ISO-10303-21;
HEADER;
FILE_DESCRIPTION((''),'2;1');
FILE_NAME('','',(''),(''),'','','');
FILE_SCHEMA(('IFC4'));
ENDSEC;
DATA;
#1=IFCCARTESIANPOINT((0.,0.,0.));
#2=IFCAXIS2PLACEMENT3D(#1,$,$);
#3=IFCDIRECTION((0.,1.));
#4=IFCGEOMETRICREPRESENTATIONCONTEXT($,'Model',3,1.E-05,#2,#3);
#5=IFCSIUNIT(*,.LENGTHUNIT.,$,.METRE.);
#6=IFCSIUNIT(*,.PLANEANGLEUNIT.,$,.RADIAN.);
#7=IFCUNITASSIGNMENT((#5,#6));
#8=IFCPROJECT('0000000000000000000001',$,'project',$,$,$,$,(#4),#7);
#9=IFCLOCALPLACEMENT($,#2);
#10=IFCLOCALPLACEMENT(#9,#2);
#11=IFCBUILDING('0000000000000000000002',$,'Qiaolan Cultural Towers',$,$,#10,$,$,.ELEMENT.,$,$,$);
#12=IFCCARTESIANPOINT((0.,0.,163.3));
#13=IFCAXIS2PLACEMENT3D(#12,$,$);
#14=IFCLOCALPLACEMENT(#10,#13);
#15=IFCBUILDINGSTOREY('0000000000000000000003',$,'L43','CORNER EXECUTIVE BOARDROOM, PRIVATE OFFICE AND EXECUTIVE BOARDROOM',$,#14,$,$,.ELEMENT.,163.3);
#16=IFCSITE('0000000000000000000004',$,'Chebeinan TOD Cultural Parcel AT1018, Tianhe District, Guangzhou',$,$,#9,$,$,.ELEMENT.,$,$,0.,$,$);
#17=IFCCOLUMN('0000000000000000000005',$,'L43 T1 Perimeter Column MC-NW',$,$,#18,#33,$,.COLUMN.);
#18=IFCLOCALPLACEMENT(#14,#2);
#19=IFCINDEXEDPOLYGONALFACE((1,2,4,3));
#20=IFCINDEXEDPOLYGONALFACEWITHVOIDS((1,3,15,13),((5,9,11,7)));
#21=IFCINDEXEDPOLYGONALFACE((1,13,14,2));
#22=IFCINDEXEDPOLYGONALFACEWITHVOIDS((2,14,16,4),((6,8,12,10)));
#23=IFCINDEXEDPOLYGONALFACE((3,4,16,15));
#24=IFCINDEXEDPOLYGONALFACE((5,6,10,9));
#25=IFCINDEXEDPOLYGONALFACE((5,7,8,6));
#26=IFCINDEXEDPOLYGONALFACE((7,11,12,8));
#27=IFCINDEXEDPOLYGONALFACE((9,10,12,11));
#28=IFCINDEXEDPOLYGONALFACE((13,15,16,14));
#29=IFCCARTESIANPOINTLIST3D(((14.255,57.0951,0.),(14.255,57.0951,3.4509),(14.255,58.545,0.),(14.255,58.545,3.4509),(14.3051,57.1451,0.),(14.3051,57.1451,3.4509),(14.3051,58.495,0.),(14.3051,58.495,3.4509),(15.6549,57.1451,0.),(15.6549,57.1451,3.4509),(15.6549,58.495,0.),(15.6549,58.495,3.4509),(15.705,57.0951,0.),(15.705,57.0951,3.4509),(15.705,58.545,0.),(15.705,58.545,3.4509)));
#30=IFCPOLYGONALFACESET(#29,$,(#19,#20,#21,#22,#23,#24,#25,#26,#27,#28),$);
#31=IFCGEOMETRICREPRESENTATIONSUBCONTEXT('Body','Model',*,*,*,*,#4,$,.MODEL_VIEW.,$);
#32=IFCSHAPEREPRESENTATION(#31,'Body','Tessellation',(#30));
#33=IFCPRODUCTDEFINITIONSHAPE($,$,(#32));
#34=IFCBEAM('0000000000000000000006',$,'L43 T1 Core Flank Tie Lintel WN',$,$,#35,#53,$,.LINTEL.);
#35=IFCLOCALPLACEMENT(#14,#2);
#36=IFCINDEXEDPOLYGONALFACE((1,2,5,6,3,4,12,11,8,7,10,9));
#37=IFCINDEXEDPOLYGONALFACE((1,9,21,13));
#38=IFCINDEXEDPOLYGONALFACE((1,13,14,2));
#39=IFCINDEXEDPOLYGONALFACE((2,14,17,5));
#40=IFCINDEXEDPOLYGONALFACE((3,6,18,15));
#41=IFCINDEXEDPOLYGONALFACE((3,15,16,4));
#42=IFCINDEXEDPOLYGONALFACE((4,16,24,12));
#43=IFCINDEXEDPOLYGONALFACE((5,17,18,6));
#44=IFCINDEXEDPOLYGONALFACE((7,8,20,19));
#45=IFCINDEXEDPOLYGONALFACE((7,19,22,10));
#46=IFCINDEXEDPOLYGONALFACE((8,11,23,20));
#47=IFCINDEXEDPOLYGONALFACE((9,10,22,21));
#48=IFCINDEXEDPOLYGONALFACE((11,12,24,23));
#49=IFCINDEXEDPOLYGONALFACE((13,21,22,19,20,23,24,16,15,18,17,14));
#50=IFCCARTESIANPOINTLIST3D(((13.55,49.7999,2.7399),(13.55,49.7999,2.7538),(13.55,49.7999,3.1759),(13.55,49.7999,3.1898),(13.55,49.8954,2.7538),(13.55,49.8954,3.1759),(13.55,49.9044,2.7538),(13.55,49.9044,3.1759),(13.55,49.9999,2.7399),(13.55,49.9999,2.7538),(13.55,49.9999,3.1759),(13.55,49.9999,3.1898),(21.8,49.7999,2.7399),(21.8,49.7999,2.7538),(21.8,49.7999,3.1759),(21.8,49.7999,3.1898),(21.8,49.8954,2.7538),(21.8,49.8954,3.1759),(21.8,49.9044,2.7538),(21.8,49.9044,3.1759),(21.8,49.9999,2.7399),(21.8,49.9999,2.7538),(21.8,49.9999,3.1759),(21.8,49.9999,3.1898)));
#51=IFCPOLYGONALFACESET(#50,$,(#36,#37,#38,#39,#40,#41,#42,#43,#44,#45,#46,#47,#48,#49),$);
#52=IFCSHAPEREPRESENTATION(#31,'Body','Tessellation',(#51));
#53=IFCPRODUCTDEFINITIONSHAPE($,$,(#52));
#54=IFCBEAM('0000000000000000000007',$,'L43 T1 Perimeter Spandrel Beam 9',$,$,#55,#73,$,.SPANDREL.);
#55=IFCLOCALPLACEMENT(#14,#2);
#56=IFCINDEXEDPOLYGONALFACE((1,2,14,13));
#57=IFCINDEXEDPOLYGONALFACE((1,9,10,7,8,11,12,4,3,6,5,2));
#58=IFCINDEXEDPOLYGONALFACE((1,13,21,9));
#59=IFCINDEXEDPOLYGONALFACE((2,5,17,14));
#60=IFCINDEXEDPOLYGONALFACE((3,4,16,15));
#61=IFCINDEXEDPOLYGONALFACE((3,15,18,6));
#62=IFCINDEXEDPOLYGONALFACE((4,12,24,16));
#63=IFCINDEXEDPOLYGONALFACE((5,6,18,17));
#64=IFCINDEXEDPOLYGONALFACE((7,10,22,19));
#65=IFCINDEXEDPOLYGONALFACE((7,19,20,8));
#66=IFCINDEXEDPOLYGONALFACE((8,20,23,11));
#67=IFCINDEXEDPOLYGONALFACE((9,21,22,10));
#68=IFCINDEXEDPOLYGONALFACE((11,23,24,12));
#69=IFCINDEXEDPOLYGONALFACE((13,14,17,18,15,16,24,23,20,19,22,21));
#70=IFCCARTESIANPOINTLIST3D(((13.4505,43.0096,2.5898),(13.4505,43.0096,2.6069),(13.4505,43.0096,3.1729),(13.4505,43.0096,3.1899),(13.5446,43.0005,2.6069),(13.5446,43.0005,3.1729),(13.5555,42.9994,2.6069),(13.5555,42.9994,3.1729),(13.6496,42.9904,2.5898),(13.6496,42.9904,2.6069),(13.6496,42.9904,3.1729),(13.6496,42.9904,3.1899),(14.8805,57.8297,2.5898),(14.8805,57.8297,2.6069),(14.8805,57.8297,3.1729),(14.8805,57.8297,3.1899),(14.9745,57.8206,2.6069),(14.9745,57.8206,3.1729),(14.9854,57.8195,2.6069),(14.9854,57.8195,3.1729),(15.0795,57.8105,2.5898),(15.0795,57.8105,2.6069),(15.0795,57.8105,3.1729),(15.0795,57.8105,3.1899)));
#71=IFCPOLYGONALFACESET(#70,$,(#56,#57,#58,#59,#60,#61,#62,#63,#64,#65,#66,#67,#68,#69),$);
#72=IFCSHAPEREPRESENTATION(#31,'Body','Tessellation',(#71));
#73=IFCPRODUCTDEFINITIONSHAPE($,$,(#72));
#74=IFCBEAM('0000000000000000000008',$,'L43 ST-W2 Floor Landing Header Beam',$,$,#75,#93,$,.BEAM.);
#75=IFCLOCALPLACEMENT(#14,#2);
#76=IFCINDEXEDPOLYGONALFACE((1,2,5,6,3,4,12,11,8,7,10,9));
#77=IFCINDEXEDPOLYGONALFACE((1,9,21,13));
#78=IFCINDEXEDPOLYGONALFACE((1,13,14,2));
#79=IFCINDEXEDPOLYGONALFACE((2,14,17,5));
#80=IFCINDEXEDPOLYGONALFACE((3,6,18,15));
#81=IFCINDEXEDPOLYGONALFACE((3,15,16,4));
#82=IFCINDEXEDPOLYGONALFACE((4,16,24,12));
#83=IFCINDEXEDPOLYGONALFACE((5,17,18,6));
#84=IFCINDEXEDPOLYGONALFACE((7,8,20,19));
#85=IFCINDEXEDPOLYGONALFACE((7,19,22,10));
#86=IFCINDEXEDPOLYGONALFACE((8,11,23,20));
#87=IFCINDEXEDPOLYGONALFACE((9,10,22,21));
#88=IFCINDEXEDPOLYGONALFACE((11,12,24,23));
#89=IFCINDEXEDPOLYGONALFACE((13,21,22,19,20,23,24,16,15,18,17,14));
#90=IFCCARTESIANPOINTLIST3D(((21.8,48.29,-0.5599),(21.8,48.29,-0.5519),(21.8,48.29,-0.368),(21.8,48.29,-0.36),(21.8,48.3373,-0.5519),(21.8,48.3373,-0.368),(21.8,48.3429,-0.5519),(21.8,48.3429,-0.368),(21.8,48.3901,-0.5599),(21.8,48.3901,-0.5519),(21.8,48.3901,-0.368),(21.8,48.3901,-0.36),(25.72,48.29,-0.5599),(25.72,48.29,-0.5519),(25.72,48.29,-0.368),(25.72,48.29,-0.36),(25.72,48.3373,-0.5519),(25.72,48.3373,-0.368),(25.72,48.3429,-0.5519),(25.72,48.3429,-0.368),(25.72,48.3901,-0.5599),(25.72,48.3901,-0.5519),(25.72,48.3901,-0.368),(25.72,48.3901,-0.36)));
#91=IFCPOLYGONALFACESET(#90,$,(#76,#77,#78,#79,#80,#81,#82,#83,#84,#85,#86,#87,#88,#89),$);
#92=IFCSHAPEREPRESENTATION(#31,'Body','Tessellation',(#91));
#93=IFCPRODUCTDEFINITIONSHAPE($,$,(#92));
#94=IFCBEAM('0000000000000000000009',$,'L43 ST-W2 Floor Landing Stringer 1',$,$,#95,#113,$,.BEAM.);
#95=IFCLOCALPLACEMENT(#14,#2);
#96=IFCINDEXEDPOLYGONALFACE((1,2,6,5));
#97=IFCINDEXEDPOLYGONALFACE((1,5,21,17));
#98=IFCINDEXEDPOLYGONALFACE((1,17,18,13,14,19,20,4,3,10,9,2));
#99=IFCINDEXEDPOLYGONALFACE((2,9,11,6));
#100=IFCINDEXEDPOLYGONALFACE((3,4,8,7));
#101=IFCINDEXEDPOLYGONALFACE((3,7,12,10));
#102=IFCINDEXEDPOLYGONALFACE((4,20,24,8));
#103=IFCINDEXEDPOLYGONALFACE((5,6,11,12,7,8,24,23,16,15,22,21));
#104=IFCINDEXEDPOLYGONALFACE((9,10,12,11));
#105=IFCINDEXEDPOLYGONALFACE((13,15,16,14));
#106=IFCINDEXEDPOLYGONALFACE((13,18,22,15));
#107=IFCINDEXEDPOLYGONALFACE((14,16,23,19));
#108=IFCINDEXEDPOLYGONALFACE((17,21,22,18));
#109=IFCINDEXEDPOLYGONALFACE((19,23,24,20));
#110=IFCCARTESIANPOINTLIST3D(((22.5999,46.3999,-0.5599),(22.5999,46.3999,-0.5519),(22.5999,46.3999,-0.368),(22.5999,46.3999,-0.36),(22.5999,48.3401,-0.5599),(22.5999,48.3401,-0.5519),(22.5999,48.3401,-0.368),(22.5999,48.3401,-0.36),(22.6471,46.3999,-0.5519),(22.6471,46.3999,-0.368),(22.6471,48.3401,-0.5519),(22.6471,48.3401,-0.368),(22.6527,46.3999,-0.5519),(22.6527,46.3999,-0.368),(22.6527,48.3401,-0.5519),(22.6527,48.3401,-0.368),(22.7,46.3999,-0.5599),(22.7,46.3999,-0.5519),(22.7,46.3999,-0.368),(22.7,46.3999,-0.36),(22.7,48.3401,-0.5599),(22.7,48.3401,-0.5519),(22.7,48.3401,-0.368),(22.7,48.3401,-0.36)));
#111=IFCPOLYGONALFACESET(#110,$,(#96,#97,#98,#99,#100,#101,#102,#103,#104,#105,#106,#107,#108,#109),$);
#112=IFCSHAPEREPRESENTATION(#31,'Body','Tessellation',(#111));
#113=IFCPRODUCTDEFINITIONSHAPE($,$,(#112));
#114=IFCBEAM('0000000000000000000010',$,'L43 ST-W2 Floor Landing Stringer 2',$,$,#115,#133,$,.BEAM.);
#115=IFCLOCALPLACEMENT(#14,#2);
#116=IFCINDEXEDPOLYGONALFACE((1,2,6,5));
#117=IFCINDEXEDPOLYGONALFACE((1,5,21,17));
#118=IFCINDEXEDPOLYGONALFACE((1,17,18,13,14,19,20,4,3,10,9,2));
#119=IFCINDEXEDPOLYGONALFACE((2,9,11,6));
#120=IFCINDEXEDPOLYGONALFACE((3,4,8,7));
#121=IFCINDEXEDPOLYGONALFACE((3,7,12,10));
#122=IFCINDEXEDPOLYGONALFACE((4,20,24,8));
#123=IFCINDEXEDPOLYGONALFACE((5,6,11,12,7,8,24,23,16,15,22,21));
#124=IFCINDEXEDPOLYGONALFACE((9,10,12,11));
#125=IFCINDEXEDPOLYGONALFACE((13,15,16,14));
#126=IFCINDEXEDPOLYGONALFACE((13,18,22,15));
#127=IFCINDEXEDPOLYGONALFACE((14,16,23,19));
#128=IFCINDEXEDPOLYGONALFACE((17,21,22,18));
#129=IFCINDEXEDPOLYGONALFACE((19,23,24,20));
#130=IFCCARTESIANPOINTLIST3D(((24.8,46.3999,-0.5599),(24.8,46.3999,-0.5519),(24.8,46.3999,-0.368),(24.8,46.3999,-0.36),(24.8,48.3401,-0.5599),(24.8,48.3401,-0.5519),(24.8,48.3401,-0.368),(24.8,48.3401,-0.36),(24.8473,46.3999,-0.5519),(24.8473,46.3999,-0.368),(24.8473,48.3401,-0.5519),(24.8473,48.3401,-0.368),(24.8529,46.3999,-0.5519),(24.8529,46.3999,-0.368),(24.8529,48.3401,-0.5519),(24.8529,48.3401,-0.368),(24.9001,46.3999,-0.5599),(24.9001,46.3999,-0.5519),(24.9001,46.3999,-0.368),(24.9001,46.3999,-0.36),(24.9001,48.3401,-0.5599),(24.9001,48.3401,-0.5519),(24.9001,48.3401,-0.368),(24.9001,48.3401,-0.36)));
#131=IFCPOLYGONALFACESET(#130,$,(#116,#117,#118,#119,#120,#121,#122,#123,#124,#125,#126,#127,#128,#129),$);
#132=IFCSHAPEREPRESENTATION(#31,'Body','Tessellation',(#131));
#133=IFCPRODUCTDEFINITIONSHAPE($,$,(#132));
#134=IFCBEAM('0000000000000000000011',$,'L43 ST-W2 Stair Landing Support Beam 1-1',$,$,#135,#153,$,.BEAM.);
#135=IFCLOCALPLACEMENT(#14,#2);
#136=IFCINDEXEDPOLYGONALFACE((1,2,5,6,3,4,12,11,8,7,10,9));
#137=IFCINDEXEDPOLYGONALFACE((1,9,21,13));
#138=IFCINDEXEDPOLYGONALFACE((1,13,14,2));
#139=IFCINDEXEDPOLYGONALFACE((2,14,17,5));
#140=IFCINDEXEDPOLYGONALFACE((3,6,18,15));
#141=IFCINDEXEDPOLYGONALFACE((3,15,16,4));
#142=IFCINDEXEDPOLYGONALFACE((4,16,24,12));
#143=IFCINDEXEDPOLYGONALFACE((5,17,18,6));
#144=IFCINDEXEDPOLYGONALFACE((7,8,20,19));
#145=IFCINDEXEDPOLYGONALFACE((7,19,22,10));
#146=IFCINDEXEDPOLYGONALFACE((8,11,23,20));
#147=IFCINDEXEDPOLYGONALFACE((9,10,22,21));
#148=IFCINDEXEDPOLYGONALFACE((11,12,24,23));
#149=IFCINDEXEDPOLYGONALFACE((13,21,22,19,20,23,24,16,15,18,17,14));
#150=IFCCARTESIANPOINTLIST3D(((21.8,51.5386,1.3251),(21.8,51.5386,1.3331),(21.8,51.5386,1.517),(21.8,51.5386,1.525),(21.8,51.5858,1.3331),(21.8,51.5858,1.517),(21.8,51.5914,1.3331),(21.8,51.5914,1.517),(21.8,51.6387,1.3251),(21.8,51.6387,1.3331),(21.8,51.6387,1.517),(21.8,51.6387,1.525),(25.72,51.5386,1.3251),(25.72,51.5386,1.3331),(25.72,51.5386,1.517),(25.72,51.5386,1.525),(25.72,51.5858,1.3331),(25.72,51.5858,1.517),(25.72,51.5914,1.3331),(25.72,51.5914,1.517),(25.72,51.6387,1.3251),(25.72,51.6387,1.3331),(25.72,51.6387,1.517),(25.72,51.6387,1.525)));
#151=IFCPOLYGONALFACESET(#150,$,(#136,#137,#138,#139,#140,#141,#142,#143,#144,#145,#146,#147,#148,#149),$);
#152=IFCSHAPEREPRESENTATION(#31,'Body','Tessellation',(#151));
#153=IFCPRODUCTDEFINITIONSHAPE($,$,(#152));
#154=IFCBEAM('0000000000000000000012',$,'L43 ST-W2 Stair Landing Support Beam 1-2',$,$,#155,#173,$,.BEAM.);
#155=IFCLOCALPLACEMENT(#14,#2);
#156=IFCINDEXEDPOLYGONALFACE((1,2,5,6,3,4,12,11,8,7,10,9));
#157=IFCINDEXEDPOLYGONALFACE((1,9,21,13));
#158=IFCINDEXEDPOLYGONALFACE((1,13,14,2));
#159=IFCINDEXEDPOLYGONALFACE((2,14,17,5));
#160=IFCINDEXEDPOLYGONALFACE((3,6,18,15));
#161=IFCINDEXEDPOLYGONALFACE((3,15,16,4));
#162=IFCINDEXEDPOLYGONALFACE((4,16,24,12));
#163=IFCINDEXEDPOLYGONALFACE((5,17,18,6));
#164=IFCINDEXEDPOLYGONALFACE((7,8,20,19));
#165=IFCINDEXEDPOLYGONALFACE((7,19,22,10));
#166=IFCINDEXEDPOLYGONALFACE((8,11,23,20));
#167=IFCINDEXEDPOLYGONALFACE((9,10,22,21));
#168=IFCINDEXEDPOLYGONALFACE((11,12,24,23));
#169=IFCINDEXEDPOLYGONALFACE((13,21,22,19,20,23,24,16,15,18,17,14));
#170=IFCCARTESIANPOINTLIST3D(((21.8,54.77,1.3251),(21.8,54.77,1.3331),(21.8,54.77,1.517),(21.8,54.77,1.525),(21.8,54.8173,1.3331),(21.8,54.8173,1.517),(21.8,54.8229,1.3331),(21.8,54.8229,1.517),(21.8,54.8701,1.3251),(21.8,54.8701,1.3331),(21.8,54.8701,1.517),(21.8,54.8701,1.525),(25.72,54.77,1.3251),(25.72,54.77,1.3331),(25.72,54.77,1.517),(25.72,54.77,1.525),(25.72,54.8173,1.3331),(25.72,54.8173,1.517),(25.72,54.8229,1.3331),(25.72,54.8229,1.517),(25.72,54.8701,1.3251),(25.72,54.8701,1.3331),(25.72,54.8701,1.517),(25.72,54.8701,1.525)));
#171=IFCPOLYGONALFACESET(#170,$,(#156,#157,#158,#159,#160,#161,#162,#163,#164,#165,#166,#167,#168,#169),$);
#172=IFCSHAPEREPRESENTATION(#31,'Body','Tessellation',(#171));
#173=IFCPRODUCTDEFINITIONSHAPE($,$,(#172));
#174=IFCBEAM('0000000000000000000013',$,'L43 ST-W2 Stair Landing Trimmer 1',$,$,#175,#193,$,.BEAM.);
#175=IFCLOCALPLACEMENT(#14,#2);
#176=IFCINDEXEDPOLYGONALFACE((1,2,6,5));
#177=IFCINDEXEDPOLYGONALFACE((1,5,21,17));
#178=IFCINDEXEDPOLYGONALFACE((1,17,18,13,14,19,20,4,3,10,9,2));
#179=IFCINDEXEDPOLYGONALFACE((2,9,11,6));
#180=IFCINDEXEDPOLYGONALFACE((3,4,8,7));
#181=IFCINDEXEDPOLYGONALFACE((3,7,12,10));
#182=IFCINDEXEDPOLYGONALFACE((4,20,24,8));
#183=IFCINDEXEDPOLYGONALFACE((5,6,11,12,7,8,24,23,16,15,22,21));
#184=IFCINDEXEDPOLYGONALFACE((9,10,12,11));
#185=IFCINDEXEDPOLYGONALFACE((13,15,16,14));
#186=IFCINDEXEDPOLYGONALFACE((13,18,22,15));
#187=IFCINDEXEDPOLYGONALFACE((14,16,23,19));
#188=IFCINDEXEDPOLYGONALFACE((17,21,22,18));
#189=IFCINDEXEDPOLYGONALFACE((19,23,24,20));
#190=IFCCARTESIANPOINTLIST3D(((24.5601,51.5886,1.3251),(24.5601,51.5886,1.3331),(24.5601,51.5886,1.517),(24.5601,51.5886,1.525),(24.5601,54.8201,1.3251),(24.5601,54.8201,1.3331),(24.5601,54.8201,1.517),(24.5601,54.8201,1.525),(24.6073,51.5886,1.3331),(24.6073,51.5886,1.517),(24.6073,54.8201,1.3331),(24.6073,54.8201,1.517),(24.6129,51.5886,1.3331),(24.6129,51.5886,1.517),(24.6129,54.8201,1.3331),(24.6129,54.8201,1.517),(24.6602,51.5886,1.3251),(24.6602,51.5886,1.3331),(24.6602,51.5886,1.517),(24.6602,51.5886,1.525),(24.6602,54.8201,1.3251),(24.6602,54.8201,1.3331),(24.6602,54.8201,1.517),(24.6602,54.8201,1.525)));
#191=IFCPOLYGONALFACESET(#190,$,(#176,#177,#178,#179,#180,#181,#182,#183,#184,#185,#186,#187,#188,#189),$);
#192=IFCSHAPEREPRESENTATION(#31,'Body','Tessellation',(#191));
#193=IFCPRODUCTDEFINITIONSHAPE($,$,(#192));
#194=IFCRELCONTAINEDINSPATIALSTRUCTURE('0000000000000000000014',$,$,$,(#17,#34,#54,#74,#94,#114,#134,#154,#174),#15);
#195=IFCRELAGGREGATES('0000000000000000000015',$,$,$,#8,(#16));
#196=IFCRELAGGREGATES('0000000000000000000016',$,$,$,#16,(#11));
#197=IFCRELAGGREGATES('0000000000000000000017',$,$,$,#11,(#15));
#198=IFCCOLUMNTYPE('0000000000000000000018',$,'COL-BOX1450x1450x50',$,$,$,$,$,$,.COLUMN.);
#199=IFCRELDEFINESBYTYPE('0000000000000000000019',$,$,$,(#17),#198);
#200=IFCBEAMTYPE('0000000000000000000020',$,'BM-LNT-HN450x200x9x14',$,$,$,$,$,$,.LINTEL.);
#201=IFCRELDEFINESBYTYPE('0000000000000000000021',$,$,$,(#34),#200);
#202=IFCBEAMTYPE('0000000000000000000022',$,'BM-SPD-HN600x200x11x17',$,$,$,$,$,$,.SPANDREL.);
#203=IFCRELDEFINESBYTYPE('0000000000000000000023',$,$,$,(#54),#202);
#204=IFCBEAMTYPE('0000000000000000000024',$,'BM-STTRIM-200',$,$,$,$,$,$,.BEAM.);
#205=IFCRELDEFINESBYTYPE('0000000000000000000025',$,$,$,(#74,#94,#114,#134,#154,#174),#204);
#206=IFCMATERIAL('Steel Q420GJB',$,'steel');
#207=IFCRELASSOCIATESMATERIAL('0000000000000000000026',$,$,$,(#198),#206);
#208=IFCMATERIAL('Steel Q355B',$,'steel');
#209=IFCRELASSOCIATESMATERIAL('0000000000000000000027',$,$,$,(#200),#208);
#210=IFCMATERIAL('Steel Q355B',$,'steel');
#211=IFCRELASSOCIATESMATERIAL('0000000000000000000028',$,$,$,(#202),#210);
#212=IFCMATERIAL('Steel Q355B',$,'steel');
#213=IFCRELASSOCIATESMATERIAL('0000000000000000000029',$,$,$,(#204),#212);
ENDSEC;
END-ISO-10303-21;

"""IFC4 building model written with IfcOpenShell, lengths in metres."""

from ifc_helpers import new_model, si_unit, direction, frame, origin, origin_2d, place, context, subcontext, project, spatial, hollow_rectangle, i_section, extrude, material, material_profile, profile_set, type_object, element, save


model = new_model("IFC4")

# Units and contexts
model_context = context("Model", 3, precision=1e-05, world=origin(), true_north=direction((0.0, 1.0)))
body_context = subcontext(model_context, "Body", "Model", "MODEL_VIEW")
ifc_project = project(units=[si_unit("LENGTHUNIT", "METRE"), si_unit("PLANEANGLEUNIT", "RADIAN")], contexts=[model_context])

# Site, building, storey
site_placement = place(None, origin())
site = spatial("IfcSite", under=ifc_project, at=site_placement, Name="Chebeinan TOD Cultural Parcel AT1018, Tianhe District, Guangzhou", CompositionType="ELEMENT", RefElevation=0.0)
building_placement = place(site_placement, origin())
building = spatial("IfcBuilding", under=site, at=building_placement, Name="Qiaolan Cultural Towers", CompositionType="ELEMENT")
storey_placement = place(building_placement, frame((0.0, 0.0, 163.3)))
storey = spatial("IfcBuildingStorey", under=building, at=storey_placement, Name="L43", Description="CORNER EXECUTIVE BOARDROOM, PRIVATE OFFICE AND EXECUTIVE BOARDROOM", CompositionType="ELEMENT", Elevation=163.3)

# Column
ifc_material_1 = material(Name="Steel Q420GJB", Category="steel")
ifc_material_profile_1 = material_profile(ifc_material_1, hollow_rectangle(XDim=1.45, YDim=1.45, WallThickness=0.05, at=origin_2d()), Name="BOX1450x1450x50")
ifc_profile_set_1 = profile_set([ifc_material_profile_1], Name="Steel Q420GJB")
column_type = type_object("IfcColumnType", Name="COL-BOX1450x1450x50", PredefinedType="COLUMN", material=ifc_profile_set_1)
column_placement = place(storey_placement, frame((14.98, 57.8201, 0.0), z_axis=(0.0, 0.0, 1.0), x_axis=(1.0, 0.0, 0.0)))
element("IfcColumn", 1, at=column_placement, inside=storey, type_object=column_type, Name="L43 T1 Perimeter Column MC-NW", PredefinedType="COLUMN", context=body_context, shape_type="SweptSolid", body=[
    extrude(hollow_rectangle(XDim=1.45, YDim=1.45, WallThickness=0.05, at=origin_2d()), origin(), (0.0, 0.0, 1.0), 3.4509),
])

# Beams
ifc_material_2 = material(Name="Steel Q355B", Category="steel")
ifc_material_profile_2 = material_profile(ifc_material_2, i_section(OverallWidth=0.2, OverallDepth=0.45, WebThickness=0.009, FlangeThickness=0.0139, at=origin_2d()), Name="HN450x200x9x14")
ifc_profile_set_2 = profile_set([ifc_material_profile_2], Name="Steel Q355B")
beam_type_1 = type_object("IfcBeamType", Name="BM-LNT-HN450x200x9x14", PredefinedType="LINTEL", material=ifc_profile_set_2)
beam_1_placement = place(storey_placement, frame((21.8, 49.8999, 2.9648), z_axis=(-1.0, 0.0, 0.0), x_axis=(0.0, -1.0, 0.0)))
element("IfcBeam", 2, at=beam_1_placement, inside=storey, type_object=beam_type_1, Name="L43 T1 Core Flank Tie Lintel WN", PredefinedType="LINTEL", context=body_context, shape_type="SweptSolid", body=[
    extrude(i_section(OverallWidth=0.2, OverallDepth=0.45, WebThickness=0.009, FlangeThickness=0.0139, at=origin_2d()), origin(), (0.0, 0.0, 1.0), 8.25),
])
ifc_material_3 = material(Name="Steel Q355B", Category="steel")
ifc_material_profile_3 = material_profile(ifc_material_3, i_section(OverallWidth=0.2, OverallDepth=0.6001, WebThickness=0.011, FlangeThickness=0.0171, at=origin_2d()), Name="HN600x200x11x17")
ifc_profile_set_3 = profile_set([ifc_material_profile_3], Name="Steel Q355B")
beam_type_2 = type_object("IfcBeamType", Name="BM-SPD-HN600x200x11x17", PredefinedType="SPANDREL", material=ifc_profile_set_3)
beam_2_placement = place(storey_placement, frame((14.98, 57.8201, 2.8899), z_axis=(-0.09604, -0.995377, 0.0), x_axis=(0.995377, -0.09604, 0.0)))
element("IfcBeam", 3, at=beam_2_placement, inside=storey, type_object=beam_type_2, Name="L43 T1 Perimeter Spandrel Beam 9", PredefinedType="SPANDREL", context=body_context, shape_type="SweptSolid", body=[
    extrude(i_section(OverallWidth=0.2, OverallDepth=0.6001, WebThickness=0.011, FlangeThickness=0.0171, at=origin_2d()), origin(), (0.0, 0.0, 1.0), 14.8889),
])
ifc_material_4 = material(Name="Steel Q355B", Category="steel")
ifc_material_profile_4 = material_profile(ifc_material_4, i_section(OverallWidth=0.1001, OverallDepth=0.2, WebThickness=0.0056, FlangeThickness=0.0081, at=origin_2d()), Name="HN200x100x5.5x8")
ifc_profile_set_4 = profile_set([ifc_material_profile_4], Name="Steel Q355B")
beam_type_3 = type_object("IfcBeamType", Name="BM-STTRIM-200", PredefinedType="BEAM", material=ifc_profile_set_4)
beam_3_placement = place(storey_placement, frame((21.8, 48.3401, -0.46), z_axis=(1.0, 0.0, 0.0), x_axis=(0.0, 1.0, 0.0)))
element("IfcBeam", 4, at=beam_3_placement, inside=storey, type_object=beam_type_3, Name="L43 ST-W2 Floor Landing Header Beam", PredefinedType="BEAM", context=body_context, shape_type="SweptSolid", body=[
    extrude(i_section(OverallWidth=0.1001, OverallDepth=0.2, WebThickness=0.0056, FlangeThickness=0.0081, at=origin_2d()), origin(), (0.0, 0.0, 1.0), 3.9199),
])
for number, where, z_axis, x_axis, name in (
    (5, (22.6499, 46.3999, -0.46), (0.0, 1.0, 0.0), (-1.0, 0.0, 0.0), "L43 ST-W2 Floor Landing Stringer 1"),
    (6, (24.8501, 46.3999, -0.46), (0.0, 1.0, 0.0), (-1.0, 0.0, 0.0), "L43 ST-W2 Floor Landing Stringer 2"),
):
    element("IfcBeam", number, at=place(storey_placement, frame(where, z_axis=z_axis, x_axis=x_axis)), inside=storey, type_object=beam_type_3, Name=name, PredefinedType="BEAM", context=body_context, shape_type="SweptSolid", body=[
        extrude(i_section(OverallWidth=0.1001, OverallDepth=0.2, WebThickness=0.0056, FlangeThickness=0.0081, at=origin_2d()), origin(), (0.0, 0.0, 1.0), 1.9402),
    ])
for number, where, z_axis, x_axis, name in (
    (7, (21.8, 51.5886, 1.425), (1.0, 0.0, 0.0), (0.0, 1.0, 0.0), "L43 ST-W2 Stair Landing Support Beam 1-1"),
    (8, (21.8, 54.8201, 1.425), (1.0, 0.0, 0.0), (0.0, 1.0, 0.0), "L43 ST-W2 Stair Landing Support Beam 1-2"),
):
    element("IfcBeam", number, at=place(storey_placement, frame(where, z_axis=z_axis, x_axis=x_axis)), inside=storey, type_object=beam_type_3, Name=name, PredefinedType="BEAM", context=body_context, shape_type="SweptSolid", body=[
        extrude(i_section(OverallWidth=0.1001, OverallDepth=0.2, WebThickness=0.0056, FlangeThickness=0.0081, at=origin_2d()), origin(), (0.0, 0.0, 1.0), 3.9199),
    ])
beam_4_placement = place(storey_placement, frame((24.6101, 51.5886, 1.425), z_axis=(0.0, 1.0, 0.0), x_axis=(-1.0, 0.0, 0.0)))
element("IfcBeam", 9, at=beam_4_placement, inside=storey, type_object=beam_type_3, Name="L43 ST-W2 Stair Landing Trimmer 1", PredefinedType="BEAM", context=body_context, shape_type="SweptSolid", body=[
    extrude(i_section(OverallWidth=0.1001, OverallDepth=0.2, WebThickness=0.0056, FlangeThickness=0.0081, at=origin_2d()), origin(), (0.0, 0.0, 1.0), 3.2314),
])

save(model, "model.ifc")
